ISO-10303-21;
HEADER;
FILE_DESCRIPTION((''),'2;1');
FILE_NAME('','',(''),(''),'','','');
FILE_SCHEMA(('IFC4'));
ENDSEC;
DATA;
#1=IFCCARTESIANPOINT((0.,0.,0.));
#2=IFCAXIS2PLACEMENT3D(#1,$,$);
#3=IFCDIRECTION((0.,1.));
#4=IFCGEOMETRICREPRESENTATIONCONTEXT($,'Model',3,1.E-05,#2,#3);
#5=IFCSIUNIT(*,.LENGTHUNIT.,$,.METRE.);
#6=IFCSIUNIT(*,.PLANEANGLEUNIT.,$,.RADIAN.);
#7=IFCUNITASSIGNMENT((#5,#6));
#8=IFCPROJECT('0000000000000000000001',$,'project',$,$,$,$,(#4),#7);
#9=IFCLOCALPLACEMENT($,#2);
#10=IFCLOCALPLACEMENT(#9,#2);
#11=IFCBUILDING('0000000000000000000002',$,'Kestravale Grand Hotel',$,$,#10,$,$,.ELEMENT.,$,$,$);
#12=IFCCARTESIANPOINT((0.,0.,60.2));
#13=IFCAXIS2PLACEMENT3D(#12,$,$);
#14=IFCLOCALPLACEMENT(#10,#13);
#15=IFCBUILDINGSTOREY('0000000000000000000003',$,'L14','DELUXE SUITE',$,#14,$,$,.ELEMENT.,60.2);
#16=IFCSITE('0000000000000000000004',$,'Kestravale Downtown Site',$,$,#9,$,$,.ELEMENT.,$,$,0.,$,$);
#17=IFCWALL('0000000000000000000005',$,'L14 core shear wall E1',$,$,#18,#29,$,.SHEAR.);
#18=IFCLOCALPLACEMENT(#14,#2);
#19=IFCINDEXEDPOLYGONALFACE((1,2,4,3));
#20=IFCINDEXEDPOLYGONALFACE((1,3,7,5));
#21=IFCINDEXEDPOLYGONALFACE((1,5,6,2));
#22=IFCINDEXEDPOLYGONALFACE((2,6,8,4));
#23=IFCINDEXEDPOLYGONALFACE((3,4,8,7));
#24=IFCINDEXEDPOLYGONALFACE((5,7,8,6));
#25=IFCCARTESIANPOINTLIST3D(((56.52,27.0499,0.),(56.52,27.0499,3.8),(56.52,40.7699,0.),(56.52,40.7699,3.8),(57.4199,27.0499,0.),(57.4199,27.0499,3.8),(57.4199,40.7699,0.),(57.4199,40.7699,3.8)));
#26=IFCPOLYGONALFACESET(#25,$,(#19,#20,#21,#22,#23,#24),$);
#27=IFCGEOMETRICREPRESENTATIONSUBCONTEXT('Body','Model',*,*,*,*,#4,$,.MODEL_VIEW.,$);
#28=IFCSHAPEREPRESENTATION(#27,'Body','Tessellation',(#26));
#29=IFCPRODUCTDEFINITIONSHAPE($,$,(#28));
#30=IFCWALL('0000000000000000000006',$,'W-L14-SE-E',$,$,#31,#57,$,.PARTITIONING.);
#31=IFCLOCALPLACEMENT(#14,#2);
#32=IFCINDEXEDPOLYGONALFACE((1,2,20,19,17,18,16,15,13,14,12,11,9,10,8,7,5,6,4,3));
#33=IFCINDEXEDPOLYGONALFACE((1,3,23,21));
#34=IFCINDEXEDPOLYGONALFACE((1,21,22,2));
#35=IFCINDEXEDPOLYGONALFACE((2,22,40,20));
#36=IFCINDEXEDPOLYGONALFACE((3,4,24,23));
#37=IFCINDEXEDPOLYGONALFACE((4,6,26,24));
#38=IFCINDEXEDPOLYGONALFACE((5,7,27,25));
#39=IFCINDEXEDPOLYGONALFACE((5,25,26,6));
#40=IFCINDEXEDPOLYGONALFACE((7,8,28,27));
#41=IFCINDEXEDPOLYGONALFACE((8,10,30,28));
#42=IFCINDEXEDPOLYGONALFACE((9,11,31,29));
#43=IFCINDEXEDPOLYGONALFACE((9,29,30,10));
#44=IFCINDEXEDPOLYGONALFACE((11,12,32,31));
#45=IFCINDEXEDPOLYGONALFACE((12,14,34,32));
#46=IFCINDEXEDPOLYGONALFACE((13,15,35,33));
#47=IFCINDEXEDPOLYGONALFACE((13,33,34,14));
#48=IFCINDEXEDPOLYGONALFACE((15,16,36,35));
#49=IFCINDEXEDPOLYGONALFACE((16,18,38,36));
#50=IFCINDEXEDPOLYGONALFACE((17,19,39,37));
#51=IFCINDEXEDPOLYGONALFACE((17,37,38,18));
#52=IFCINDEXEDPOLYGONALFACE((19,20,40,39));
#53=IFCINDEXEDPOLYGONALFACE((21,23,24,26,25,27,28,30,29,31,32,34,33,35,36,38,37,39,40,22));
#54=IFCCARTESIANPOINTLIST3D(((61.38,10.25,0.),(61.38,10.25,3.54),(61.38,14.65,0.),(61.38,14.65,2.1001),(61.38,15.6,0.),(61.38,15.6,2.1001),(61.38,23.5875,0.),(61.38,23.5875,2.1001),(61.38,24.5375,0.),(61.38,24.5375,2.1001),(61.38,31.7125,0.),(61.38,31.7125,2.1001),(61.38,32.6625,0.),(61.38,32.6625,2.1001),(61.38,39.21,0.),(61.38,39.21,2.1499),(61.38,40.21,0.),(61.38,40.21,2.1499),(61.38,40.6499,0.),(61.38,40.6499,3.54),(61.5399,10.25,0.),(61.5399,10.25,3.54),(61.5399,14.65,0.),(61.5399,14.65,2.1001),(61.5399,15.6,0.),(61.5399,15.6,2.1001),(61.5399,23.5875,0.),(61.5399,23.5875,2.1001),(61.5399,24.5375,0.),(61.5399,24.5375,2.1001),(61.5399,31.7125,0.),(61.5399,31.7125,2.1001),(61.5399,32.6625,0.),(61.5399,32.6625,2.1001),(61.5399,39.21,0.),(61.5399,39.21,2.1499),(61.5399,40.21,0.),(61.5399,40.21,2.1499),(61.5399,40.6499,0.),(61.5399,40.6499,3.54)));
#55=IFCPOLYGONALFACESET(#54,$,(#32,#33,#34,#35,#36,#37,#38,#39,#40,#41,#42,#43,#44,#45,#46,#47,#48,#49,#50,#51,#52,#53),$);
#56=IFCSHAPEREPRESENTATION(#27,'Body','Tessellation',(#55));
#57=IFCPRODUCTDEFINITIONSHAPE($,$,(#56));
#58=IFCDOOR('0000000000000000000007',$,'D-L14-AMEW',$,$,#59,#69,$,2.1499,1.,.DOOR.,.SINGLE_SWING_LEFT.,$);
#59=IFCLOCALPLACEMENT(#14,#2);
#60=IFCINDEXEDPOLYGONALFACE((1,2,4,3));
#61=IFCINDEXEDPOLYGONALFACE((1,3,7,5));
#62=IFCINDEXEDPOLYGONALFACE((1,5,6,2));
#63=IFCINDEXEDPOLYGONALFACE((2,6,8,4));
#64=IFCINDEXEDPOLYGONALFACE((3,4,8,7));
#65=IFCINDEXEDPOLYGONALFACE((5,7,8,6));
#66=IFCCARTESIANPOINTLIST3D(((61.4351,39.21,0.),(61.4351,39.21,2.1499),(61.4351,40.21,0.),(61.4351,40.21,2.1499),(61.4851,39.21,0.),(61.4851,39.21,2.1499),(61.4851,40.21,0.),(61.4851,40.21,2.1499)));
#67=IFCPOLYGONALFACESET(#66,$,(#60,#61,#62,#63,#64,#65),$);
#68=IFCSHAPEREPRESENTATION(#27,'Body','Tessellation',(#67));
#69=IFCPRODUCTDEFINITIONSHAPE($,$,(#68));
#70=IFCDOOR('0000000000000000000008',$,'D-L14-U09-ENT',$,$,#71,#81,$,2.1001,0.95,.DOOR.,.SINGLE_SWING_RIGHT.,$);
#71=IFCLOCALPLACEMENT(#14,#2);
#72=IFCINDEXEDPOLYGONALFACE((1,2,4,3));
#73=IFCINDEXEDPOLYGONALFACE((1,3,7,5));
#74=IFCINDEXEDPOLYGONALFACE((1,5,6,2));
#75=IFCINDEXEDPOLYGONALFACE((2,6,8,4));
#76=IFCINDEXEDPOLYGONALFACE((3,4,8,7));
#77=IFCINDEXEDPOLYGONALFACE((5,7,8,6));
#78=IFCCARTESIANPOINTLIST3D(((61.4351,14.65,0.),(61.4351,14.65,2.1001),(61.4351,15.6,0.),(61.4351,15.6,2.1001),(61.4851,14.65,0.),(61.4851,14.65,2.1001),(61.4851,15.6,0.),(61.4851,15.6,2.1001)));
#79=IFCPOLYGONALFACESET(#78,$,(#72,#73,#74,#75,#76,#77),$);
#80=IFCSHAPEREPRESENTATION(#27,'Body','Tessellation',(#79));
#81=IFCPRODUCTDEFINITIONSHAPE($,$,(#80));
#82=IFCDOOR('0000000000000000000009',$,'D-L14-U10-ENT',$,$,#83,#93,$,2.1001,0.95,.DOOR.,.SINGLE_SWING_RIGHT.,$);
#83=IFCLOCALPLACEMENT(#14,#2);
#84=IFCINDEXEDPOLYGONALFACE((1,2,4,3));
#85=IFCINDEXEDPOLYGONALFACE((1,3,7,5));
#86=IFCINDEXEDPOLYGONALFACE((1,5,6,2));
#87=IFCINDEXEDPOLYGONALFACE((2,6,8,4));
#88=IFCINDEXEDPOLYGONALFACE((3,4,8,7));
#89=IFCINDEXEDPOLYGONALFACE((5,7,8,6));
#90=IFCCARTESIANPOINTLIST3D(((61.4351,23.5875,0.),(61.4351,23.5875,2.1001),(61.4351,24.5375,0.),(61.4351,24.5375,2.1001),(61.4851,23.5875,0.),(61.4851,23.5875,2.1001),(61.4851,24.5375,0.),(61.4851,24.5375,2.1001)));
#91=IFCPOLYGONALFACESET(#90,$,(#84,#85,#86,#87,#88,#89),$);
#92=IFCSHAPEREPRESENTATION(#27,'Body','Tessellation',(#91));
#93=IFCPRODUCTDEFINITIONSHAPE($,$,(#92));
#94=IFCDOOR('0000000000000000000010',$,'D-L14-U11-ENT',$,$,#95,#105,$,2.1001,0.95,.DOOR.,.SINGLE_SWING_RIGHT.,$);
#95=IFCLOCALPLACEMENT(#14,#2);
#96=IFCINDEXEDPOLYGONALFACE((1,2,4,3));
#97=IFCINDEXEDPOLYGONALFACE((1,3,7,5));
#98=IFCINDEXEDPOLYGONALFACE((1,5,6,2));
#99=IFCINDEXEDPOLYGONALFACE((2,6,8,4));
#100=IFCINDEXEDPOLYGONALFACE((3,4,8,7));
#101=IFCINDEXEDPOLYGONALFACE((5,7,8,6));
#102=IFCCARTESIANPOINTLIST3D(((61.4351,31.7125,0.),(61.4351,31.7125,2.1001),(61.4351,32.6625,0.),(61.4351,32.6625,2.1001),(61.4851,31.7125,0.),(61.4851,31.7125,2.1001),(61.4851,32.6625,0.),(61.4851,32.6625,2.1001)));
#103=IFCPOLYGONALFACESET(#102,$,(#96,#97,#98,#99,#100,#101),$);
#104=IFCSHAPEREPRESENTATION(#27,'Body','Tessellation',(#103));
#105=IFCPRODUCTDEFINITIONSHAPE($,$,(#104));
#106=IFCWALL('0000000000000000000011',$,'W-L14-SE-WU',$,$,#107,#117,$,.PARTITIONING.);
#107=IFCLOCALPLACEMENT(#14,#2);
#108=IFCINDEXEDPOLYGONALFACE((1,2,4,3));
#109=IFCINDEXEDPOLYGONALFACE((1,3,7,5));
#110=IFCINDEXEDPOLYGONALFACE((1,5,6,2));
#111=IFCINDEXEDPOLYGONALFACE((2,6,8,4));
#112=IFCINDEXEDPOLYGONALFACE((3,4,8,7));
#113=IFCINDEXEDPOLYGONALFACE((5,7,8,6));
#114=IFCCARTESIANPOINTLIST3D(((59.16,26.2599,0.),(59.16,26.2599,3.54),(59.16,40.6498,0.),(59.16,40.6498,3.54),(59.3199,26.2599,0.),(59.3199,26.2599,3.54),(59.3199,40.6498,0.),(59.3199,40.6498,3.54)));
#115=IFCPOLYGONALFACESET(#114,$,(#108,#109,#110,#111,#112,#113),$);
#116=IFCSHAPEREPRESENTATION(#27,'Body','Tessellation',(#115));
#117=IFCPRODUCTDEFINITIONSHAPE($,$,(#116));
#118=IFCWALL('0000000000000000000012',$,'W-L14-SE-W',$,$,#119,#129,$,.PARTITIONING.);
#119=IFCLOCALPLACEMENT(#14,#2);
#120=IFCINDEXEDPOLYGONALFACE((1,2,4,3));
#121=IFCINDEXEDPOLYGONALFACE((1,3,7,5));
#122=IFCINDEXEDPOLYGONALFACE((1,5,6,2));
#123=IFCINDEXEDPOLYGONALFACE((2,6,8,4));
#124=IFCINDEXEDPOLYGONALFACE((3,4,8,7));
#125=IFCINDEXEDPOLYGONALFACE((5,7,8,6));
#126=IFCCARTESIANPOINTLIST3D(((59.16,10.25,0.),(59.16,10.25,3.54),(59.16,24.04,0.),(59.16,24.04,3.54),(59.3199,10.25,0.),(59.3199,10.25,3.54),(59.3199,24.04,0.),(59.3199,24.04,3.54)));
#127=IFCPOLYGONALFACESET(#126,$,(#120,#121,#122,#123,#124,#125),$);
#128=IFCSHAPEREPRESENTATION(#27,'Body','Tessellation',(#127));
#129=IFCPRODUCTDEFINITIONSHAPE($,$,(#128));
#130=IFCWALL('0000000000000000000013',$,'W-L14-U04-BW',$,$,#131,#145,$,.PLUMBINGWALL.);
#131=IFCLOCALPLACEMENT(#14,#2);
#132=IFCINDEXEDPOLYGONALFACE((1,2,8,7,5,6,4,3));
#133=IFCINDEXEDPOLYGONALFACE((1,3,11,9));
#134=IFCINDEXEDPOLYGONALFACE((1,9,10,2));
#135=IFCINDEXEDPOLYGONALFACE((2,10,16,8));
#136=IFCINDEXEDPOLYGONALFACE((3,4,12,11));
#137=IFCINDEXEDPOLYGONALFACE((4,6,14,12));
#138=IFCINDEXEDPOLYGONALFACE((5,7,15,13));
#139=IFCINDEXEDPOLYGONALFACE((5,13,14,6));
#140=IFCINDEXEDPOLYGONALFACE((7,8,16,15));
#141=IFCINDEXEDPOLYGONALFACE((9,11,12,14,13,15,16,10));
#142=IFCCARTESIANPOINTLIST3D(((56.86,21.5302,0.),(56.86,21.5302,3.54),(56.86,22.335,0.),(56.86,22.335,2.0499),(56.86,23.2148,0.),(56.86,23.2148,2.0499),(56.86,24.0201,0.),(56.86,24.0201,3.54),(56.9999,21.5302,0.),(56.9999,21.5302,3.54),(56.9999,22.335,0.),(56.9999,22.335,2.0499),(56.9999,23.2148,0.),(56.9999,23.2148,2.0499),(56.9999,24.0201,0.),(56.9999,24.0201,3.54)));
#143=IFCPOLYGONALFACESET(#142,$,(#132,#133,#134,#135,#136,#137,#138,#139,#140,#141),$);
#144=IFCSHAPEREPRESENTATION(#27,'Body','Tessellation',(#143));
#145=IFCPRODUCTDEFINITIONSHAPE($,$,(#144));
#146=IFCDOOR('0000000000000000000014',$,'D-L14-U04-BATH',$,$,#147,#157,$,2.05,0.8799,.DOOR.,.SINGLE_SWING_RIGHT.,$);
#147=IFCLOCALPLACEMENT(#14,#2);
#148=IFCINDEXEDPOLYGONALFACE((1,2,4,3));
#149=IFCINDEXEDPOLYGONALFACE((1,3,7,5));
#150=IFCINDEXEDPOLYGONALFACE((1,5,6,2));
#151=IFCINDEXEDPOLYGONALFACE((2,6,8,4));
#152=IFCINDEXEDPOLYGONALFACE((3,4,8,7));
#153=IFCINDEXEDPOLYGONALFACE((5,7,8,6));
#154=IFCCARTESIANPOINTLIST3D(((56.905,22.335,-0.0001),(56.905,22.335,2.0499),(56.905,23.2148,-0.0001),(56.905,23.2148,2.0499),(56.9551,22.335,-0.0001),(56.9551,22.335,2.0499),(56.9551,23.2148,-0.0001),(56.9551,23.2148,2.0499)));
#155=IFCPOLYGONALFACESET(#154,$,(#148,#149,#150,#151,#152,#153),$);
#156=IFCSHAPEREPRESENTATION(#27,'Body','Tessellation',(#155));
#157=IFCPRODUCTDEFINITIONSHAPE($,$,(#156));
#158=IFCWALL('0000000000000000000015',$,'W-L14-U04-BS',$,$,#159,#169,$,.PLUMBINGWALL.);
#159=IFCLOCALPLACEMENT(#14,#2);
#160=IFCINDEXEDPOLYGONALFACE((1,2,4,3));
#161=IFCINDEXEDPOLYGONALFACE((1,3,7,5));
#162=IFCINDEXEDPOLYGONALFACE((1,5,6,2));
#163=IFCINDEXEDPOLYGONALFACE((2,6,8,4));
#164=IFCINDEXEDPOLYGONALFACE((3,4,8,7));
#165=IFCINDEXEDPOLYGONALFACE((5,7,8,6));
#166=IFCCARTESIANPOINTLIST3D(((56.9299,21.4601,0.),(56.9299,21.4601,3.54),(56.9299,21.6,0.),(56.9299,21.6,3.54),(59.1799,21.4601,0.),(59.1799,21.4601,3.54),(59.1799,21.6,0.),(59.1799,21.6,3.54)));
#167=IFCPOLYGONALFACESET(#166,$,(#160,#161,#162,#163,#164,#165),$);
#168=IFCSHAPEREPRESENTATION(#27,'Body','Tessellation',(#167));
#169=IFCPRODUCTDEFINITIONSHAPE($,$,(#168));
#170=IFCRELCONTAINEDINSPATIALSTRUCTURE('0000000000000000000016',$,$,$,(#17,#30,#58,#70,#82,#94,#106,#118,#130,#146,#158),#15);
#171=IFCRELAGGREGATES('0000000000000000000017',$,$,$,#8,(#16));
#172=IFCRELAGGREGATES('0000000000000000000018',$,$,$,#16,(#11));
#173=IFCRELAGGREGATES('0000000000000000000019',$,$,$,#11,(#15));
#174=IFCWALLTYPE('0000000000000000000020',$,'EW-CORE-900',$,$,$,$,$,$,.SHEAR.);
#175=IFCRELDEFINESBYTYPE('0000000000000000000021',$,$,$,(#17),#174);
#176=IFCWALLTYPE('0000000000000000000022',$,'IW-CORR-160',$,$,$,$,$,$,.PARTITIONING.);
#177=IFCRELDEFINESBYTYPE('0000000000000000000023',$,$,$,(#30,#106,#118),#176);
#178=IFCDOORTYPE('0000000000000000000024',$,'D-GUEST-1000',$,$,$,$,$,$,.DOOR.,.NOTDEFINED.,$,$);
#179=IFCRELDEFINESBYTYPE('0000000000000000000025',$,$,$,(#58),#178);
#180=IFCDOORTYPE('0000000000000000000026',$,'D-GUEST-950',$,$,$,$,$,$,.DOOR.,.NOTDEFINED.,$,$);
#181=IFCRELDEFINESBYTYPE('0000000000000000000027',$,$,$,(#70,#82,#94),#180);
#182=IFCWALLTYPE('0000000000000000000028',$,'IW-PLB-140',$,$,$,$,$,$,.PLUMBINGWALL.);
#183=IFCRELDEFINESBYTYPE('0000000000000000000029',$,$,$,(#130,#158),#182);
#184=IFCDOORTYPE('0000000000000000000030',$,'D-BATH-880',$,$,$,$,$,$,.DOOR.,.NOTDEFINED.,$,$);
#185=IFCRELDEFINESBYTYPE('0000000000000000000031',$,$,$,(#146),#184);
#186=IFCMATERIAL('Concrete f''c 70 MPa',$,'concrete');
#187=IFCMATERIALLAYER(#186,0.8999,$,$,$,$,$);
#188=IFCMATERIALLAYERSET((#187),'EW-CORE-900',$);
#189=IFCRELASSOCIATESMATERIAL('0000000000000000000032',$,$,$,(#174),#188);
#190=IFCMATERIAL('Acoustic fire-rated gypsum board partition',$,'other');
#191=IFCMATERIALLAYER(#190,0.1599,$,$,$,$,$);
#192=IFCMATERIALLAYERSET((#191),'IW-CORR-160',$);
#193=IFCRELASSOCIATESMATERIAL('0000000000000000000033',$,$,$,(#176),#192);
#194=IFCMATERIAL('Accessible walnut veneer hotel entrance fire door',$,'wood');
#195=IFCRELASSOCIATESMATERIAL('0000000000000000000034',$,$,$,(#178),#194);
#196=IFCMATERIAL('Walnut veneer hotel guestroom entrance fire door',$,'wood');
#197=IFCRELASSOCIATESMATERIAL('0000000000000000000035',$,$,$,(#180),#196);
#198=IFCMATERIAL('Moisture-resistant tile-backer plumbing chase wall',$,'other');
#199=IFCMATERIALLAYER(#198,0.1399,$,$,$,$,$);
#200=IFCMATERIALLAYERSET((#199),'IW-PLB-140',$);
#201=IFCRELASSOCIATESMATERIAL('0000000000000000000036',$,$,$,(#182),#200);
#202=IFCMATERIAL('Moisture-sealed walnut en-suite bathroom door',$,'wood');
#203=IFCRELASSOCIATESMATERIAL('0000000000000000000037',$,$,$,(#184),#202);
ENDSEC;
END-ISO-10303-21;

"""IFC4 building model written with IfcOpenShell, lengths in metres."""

from ifc_helpers import new_model, si_unit, direction, frame, frame_2d, origin, place, context, subcontext, project, spatial, rectangle, extrude, material, layer, layer_set, type_object, element, fill, save


model = new_model("IFC4")

# Units and contexts
model_context = context("Model", 3, precision=1e-05, world=origin(), true_north=direction((0.0, 1.0)))
body_context = subcontext(model_context, "Body", "Model", "MODEL_VIEW")
ifc_project = project(units=[si_unit("LENGTHUNIT", "METRE"), si_unit("PLANEANGLEUNIT", "RADIAN")], contexts=[model_context])

# Site, building, storey
site_placement = place(None, origin())
site = spatial("IfcSite", under=ifc_project, at=site_placement, Name="Kestravale Downtown Site", CompositionType="ELEMENT", RefElevation=0.0)
building_placement = place(site_placement, origin())
building = spatial("IfcBuilding", under=site, at=building_placement, Name="Kestravale Grand Hotel", CompositionType="ELEMENT")
storey_placement = place(building_placement, frame((0.0, 0.0, 60.2)))
storey = spatial("IfcBuildingStorey", under=building, at=storey_placement, Name="L14", Description="DELUXE SUITE", CompositionType="ELEMENT", Elevation=60.2)

# Wall
ifc_material_1 = material(Name="Concrete f'c 70 MPa", Category="concrete")
ifc_layer_1 = layer(ifc_material_1, 0.8999)
ifc_layer_set_1 = layer_set([ifc_layer_1], Name="EW-CORE-900")
wall_type_1 = type_object("IfcWallType", Name="EW-CORE-900", PredefinedType="SHEAR", material=ifc_layer_set_1)
wall_1_placement = place(storey_placement, frame((56.97, 27.05, 0.0), z_axis=(0.0, 0.0, 1.0), x_axis=(0.0, 1.0, 0.0)))
element("IfcWall", 1, at=wall_1_placement, inside=storey, type_object=wall_type_1, Name="L14 core shear wall E1", PredefinedType="SHEAR", context=body_context, shape_type="SweptSolid", body=[
    extrude(rectangle(XDim=13.72, YDim=0.8999, at=frame_2d((6.8599, 0.0))), origin(), (0.0, 0.0, 1.0), 3.8),
])

# Wall, openings, doors
ifc_material_2 = material(Name="Acoustic fire-rated gypsum board partition", Category="other")
ifc_layer_2 = layer(ifc_material_2, 0.1599)
ifc_layer_set_2 = layer_set([ifc_layer_2], Name="IW-CORR-160")
wall_type_2 = type_object("IfcWallType", Name="IW-CORR-160", PredefinedType="PARTITIONING", material=ifc_layer_set_2)
wall_2_placement = place(storey_placement, frame((61.46, 10.25, 0.0), z_axis=(0.0, 0.0, 1.0), x_axis=(0.0, 1.0, 0.0)))
wall_2 = element("IfcWall", 2, at=wall_2_placement, inside=storey, type_object=wall_type_2, Name="W-L14-SE-E", PredefinedType="PARTITIONING", context=body_context, shape_type="SweptSolid", body=[
    extrude(rectangle(XDim=30.3999, YDim=0.1599, at=frame_2d((15.2, 0.0))), origin(), (0.0, 0.0, 1.0), 3.54),
])
opening_1_placement = place(wall_2_placement, frame((4.3999, 0.0, 0.0)))
opening_1 = element("IfcOpeningElement", 3, at=opening_1_placement, cuts=wall_2, PredefinedType="OPENING", context=body_context, shape_type="SweptSolid", body=[
    extrude(rectangle(XDim=0.95, YDim=2.1001, at=frame_2d((0.4751, 1.05))), frame((0.0, 0.0898, 0.0), z_axis=(0.0, -1.0, 0.0), x_axis=(1.0, 0.0, 0.0)), (0.0, 0.0, 1.0), 0.1799),
])
opening_2_placement = place(wall_2_placement, frame((13.3374, 0.0, 0.0)))
opening_2 = element("IfcOpeningElement", 4, at=opening_2_placement, cuts=wall_2, PredefinedType="OPENING", context=body_context, shape_type="SweptSolid", body=[
    extrude(rectangle(XDim=0.95, YDim=2.1001, at=frame_2d((0.4751, 1.05))), frame((0.0, 0.0898, 0.0), z_axis=(0.0, -1.0, 0.0), x_axis=(1.0, 0.0, 0.0)), (0.0, 0.0, 1.0), 0.1799),
])
opening_3_placement = place(wall_2_placement, frame((21.4624, 0.0, 0.0)))
opening_3 = element("IfcOpeningElement", 5, at=opening_3_placement, cuts=wall_2, PredefinedType="OPENING", context=body_context, shape_type="SweptSolid", body=[
    extrude(rectangle(XDim=0.95, YDim=2.1001, at=frame_2d((0.4751, 1.05))), frame((0.0, 0.0898, 0.0), z_axis=(0.0, -1.0, 0.0), x_axis=(1.0, 0.0, 0.0)), (0.0, 0.0, 1.0), 0.1799),
])
opening_4_placement = place(wall_2_placement, frame((28.96, 0.0, 0.0)))
opening_4 = element("IfcOpeningElement", 6, at=opening_4_placement, cuts=wall_2, PredefinedType="OPENING", context=body_context, shape_type="SweptSolid", body=[
    extrude(rectangle(XDim=1.0, YDim=2.1499, at=frame_2d((0.5, 1.075))), frame((0.0, 0.0898, 0.0), z_axis=(0.0, -1.0, 0.0), x_axis=(1.0, 0.0, 0.0)), (0.0, 0.0, 1.0), 0.1799),
])
ifc_material_3 = material(Name="Accessible walnut veneer hotel entrance fire door", Category="wood")
door_type_1 = type_object("IfcDoorType", Name="D-GUEST-1000", OperationType="NOTDEFINED", PredefinedType="DOOR", material=ifc_material_3)
door_1_placement = place(opening_4_placement, origin())
door_1 = element("IfcDoor", 7, at=door_1_placement, inside=storey, type_object=door_type_1, Name="D-L14-AMEW", OperationType="SINGLE_SWING_LEFT", OverallHeight=2.1499, OverallWidth=1.0, PredefinedType="DOOR", context=body_context, shape_type="SweptSolid", body=[
    extrude(rectangle(XDim=1.0, YDim=2.1499, at=frame_2d((0.5, 1.075))), frame((0.0, 0.0249, 0.0), z_axis=(0.0, -1.0, 0.0), x_axis=(1.0, 0.0, 0.0)), (0.0, 0.0, 1.0), 0.05),
])
fill(opening_4, door_1)
ifc_material_4 = material(Name="Walnut veneer hotel guestroom entrance fire door", Category="wood")
door_type_2 = type_object("IfcDoorType", Name="D-GUEST-950", OperationType="NOTDEFINED", PredefinedType="DOOR", material=ifc_material_4)
door_2_placement = place(opening_1_placement, origin())
door_2 = element("IfcDoor", 8, at=door_2_placement, inside=storey, type_object=door_type_2, Name="D-L14-U09-ENT", OperationType="SINGLE_SWING_RIGHT", OverallHeight=2.1001, OverallWidth=0.95, PredefinedType="DOOR", context=body_context, shape_type="SweptSolid", body=[
    extrude(rectangle(XDim=0.95, YDim=2.1001, at=frame_2d((0.4751, 1.05))), frame((0.0, 0.0249, 0.0), z_axis=(0.0, -1.0, 0.0), x_axis=(1.0, 0.0, 0.0)), (0.0, 0.0, 1.0), 0.05),
])
fill(opening_1, door_2)
door_3_placement = place(opening_2_placement, origin())
door_3 = element("IfcDoor", 9, at=door_3_placement, inside=storey, type_object=door_type_2, Name="D-L14-U10-ENT", OperationType="SINGLE_SWING_RIGHT", OverallHeight=2.1001, OverallWidth=0.95, PredefinedType="DOOR", context=body_context, shape_type="SweptSolid", body=[
    extrude(rectangle(XDim=0.95, YDim=2.1001, at=frame_2d((0.4751, 1.05))), frame((0.0, 0.0249, 0.0), z_axis=(0.0, -1.0, 0.0), x_axis=(1.0, 0.0, 0.0)), (0.0, 0.0, 1.0), 0.05),
])
fill(opening_2, door_3)
door_4_placement = place(opening_3_placement, origin())
door_4 = element("IfcDoor", 10, at=door_4_placement, inside=storey, type_object=door_type_2, Name="D-L14-U11-ENT", OperationType="SINGLE_SWING_RIGHT", OverallHeight=2.1001, OverallWidth=0.95, PredefinedType="DOOR", context=body_context, shape_type="SweptSolid", body=[
    extrude(rectangle(XDim=0.95, YDim=2.1001, at=frame_2d((0.4751, 1.05))), frame((0.0, 0.0249, 0.0), z_axis=(0.0, -1.0, 0.0), x_axis=(1.0, 0.0, 0.0)), (0.0, 0.0, 1.0), 0.05),
])
fill(opening_3, door_4)

# Walls
wall_3_placement = place(storey_placement, frame((59.24, 26.26, 0.0), z_axis=(0.0, 0.0, 1.0), x_axis=(0.0, 1.0, 0.0)))
element("IfcWall", 11, at=wall_3_placement, inside=storey, type_object=wall_type_2, Name="W-L14-SE-WU", PredefinedType="PARTITIONING", context=body_context, shape_type="SweptSolid", body=[
    extrude(rectangle(XDim=14.3899, YDim=0.1599, at=frame_2d((7.1948, 0.0))), origin(), (0.0, 0.0, 1.0), 3.54),
])
wall_4_placement = place(storey_placement, frame((59.24, 10.25, 0.0), z_axis=(0.0, 0.0, 1.0), x_axis=(0.0, 1.0, 0.0)))
element("IfcWall", 12, at=wall_4_placement, inside=storey, type_object=wall_type_2, Name="W-L14-SE-W", PredefinedType="PARTITIONING", context=body_context, shape_type="SweptSolid", body=[
    extrude(rectangle(XDim=13.79, YDim=0.1599, at=frame_2d((6.895, 0.0))), origin(), (0.0, 0.0, 1.0), 3.54),
])

# Wall, opening, door
ifc_material_5 = material(Name="Moisture-resistant tile-backer plumbing chase wall", Category="other")
ifc_layer_3 = layer(ifc_material_5, 0.1399)
ifc_layer_set_3 = layer_set([ifc_layer_3], Name="IW-PLB-140")
wall_type_3 = type_object("IfcWallType", Name="IW-PLB-140", PredefinedType="PLUMBINGWALL", material=ifc_layer_set_3)
wall_5_placement = place(storey_placement, frame((56.9299, 21.53, 0.0), z_axis=(0.0, 0.0, 1.0), x_axis=(0.0, 1.0, 0.0)))
wall_5 = element("IfcWall", 13, at=wall_5_placement, inside=storey, type_object=wall_type_3, Name="W-L14-U04-BW", PredefinedType="PLUMBINGWALL", context=body_context, shape_type="SweptSolid", body=[
    extrude(rectangle(XDim=2.49, YDim=0.1399, at=frame_2d((1.2451, 0.0))), origin(), (0.0, 0.0, 1.0), 3.54),
])
opening_5_placement = place(wall_5_placement, frame((0.8049, 0.0, 0.0)))
opening_5 = element("IfcOpeningElement", 14, at=opening_5_placement, cuts=wall_5, PredefinedType="OPENING", context=body_context, shape_type="SweptSolid", body=[
    extrude(rectangle(XDim=0.8799, YDim=2.05, at=frame_2d((0.4399, 1.0249))), frame((0.0, 0.0798, 0.0), z_axis=(0.0, -1.0, 0.0), x_axis=(1.0, 0.0, 0.0)), (0.0, 0.0, 1.0), 0.1599),
])
ifc_material_6 = material(Name="Moisture-sealed walnut en-suite bathroom door", Category="wood")
door_type_3 = type_object("IfcDoorType", Name="D-BATH-880", OperationType="NOTDEFINED", PredefinedType="DOOR", material=ifc_material_6)
door_5_placement = place(opening_5_placement, origin())
door_5 = element("IfcDoor", 15, at=door_5_placement, inside=storey, type_object=door_type_3, Name="D-L14-U04-BATH", OperationType="SINGLE_SWING_RIGHT", OverallHeight=2.05, OverallWidth=0.8799, PredefinedType="DOOR", context=body_context, shape_type="SweptSolid", body=[
    extrude(rectangle(XDim=0.8799, YDim=2.05, at=frame_2d((0.4399, 1.0249))), frame((0.0, 0.0249, 0.0), z_axis=(0.0, -1.0, 0.0), x_axis=(1.0, 0.0, 0.0)), (0.0, 0.0, 1.0), 0.05),
])
fill(opening_5, door_5)

# Wall
wall_6_placement = place(storey_placement, frame((56.9299, 21.53, 0.0), z_axis=(0.0, 0.0, 1.0), x_axis=(1.0, 0.0, 0.0)))
element("IfcWall", 16, at=wall_6_placement, inside=storey, type_object=wall_type_3, Name="W-L14-U04-BS", PredefinedType="PLUMBINGWALL", context=body_context, shape_type="SweptSolid", body=[
    extrude(rectangle(XDim=2.25, YDim=0.1399, at=frame_2d((1.125, 0.0))), origin(), (0.0, 0.0, 1.0), 3.54),
])

save(model, "model.ifc")
